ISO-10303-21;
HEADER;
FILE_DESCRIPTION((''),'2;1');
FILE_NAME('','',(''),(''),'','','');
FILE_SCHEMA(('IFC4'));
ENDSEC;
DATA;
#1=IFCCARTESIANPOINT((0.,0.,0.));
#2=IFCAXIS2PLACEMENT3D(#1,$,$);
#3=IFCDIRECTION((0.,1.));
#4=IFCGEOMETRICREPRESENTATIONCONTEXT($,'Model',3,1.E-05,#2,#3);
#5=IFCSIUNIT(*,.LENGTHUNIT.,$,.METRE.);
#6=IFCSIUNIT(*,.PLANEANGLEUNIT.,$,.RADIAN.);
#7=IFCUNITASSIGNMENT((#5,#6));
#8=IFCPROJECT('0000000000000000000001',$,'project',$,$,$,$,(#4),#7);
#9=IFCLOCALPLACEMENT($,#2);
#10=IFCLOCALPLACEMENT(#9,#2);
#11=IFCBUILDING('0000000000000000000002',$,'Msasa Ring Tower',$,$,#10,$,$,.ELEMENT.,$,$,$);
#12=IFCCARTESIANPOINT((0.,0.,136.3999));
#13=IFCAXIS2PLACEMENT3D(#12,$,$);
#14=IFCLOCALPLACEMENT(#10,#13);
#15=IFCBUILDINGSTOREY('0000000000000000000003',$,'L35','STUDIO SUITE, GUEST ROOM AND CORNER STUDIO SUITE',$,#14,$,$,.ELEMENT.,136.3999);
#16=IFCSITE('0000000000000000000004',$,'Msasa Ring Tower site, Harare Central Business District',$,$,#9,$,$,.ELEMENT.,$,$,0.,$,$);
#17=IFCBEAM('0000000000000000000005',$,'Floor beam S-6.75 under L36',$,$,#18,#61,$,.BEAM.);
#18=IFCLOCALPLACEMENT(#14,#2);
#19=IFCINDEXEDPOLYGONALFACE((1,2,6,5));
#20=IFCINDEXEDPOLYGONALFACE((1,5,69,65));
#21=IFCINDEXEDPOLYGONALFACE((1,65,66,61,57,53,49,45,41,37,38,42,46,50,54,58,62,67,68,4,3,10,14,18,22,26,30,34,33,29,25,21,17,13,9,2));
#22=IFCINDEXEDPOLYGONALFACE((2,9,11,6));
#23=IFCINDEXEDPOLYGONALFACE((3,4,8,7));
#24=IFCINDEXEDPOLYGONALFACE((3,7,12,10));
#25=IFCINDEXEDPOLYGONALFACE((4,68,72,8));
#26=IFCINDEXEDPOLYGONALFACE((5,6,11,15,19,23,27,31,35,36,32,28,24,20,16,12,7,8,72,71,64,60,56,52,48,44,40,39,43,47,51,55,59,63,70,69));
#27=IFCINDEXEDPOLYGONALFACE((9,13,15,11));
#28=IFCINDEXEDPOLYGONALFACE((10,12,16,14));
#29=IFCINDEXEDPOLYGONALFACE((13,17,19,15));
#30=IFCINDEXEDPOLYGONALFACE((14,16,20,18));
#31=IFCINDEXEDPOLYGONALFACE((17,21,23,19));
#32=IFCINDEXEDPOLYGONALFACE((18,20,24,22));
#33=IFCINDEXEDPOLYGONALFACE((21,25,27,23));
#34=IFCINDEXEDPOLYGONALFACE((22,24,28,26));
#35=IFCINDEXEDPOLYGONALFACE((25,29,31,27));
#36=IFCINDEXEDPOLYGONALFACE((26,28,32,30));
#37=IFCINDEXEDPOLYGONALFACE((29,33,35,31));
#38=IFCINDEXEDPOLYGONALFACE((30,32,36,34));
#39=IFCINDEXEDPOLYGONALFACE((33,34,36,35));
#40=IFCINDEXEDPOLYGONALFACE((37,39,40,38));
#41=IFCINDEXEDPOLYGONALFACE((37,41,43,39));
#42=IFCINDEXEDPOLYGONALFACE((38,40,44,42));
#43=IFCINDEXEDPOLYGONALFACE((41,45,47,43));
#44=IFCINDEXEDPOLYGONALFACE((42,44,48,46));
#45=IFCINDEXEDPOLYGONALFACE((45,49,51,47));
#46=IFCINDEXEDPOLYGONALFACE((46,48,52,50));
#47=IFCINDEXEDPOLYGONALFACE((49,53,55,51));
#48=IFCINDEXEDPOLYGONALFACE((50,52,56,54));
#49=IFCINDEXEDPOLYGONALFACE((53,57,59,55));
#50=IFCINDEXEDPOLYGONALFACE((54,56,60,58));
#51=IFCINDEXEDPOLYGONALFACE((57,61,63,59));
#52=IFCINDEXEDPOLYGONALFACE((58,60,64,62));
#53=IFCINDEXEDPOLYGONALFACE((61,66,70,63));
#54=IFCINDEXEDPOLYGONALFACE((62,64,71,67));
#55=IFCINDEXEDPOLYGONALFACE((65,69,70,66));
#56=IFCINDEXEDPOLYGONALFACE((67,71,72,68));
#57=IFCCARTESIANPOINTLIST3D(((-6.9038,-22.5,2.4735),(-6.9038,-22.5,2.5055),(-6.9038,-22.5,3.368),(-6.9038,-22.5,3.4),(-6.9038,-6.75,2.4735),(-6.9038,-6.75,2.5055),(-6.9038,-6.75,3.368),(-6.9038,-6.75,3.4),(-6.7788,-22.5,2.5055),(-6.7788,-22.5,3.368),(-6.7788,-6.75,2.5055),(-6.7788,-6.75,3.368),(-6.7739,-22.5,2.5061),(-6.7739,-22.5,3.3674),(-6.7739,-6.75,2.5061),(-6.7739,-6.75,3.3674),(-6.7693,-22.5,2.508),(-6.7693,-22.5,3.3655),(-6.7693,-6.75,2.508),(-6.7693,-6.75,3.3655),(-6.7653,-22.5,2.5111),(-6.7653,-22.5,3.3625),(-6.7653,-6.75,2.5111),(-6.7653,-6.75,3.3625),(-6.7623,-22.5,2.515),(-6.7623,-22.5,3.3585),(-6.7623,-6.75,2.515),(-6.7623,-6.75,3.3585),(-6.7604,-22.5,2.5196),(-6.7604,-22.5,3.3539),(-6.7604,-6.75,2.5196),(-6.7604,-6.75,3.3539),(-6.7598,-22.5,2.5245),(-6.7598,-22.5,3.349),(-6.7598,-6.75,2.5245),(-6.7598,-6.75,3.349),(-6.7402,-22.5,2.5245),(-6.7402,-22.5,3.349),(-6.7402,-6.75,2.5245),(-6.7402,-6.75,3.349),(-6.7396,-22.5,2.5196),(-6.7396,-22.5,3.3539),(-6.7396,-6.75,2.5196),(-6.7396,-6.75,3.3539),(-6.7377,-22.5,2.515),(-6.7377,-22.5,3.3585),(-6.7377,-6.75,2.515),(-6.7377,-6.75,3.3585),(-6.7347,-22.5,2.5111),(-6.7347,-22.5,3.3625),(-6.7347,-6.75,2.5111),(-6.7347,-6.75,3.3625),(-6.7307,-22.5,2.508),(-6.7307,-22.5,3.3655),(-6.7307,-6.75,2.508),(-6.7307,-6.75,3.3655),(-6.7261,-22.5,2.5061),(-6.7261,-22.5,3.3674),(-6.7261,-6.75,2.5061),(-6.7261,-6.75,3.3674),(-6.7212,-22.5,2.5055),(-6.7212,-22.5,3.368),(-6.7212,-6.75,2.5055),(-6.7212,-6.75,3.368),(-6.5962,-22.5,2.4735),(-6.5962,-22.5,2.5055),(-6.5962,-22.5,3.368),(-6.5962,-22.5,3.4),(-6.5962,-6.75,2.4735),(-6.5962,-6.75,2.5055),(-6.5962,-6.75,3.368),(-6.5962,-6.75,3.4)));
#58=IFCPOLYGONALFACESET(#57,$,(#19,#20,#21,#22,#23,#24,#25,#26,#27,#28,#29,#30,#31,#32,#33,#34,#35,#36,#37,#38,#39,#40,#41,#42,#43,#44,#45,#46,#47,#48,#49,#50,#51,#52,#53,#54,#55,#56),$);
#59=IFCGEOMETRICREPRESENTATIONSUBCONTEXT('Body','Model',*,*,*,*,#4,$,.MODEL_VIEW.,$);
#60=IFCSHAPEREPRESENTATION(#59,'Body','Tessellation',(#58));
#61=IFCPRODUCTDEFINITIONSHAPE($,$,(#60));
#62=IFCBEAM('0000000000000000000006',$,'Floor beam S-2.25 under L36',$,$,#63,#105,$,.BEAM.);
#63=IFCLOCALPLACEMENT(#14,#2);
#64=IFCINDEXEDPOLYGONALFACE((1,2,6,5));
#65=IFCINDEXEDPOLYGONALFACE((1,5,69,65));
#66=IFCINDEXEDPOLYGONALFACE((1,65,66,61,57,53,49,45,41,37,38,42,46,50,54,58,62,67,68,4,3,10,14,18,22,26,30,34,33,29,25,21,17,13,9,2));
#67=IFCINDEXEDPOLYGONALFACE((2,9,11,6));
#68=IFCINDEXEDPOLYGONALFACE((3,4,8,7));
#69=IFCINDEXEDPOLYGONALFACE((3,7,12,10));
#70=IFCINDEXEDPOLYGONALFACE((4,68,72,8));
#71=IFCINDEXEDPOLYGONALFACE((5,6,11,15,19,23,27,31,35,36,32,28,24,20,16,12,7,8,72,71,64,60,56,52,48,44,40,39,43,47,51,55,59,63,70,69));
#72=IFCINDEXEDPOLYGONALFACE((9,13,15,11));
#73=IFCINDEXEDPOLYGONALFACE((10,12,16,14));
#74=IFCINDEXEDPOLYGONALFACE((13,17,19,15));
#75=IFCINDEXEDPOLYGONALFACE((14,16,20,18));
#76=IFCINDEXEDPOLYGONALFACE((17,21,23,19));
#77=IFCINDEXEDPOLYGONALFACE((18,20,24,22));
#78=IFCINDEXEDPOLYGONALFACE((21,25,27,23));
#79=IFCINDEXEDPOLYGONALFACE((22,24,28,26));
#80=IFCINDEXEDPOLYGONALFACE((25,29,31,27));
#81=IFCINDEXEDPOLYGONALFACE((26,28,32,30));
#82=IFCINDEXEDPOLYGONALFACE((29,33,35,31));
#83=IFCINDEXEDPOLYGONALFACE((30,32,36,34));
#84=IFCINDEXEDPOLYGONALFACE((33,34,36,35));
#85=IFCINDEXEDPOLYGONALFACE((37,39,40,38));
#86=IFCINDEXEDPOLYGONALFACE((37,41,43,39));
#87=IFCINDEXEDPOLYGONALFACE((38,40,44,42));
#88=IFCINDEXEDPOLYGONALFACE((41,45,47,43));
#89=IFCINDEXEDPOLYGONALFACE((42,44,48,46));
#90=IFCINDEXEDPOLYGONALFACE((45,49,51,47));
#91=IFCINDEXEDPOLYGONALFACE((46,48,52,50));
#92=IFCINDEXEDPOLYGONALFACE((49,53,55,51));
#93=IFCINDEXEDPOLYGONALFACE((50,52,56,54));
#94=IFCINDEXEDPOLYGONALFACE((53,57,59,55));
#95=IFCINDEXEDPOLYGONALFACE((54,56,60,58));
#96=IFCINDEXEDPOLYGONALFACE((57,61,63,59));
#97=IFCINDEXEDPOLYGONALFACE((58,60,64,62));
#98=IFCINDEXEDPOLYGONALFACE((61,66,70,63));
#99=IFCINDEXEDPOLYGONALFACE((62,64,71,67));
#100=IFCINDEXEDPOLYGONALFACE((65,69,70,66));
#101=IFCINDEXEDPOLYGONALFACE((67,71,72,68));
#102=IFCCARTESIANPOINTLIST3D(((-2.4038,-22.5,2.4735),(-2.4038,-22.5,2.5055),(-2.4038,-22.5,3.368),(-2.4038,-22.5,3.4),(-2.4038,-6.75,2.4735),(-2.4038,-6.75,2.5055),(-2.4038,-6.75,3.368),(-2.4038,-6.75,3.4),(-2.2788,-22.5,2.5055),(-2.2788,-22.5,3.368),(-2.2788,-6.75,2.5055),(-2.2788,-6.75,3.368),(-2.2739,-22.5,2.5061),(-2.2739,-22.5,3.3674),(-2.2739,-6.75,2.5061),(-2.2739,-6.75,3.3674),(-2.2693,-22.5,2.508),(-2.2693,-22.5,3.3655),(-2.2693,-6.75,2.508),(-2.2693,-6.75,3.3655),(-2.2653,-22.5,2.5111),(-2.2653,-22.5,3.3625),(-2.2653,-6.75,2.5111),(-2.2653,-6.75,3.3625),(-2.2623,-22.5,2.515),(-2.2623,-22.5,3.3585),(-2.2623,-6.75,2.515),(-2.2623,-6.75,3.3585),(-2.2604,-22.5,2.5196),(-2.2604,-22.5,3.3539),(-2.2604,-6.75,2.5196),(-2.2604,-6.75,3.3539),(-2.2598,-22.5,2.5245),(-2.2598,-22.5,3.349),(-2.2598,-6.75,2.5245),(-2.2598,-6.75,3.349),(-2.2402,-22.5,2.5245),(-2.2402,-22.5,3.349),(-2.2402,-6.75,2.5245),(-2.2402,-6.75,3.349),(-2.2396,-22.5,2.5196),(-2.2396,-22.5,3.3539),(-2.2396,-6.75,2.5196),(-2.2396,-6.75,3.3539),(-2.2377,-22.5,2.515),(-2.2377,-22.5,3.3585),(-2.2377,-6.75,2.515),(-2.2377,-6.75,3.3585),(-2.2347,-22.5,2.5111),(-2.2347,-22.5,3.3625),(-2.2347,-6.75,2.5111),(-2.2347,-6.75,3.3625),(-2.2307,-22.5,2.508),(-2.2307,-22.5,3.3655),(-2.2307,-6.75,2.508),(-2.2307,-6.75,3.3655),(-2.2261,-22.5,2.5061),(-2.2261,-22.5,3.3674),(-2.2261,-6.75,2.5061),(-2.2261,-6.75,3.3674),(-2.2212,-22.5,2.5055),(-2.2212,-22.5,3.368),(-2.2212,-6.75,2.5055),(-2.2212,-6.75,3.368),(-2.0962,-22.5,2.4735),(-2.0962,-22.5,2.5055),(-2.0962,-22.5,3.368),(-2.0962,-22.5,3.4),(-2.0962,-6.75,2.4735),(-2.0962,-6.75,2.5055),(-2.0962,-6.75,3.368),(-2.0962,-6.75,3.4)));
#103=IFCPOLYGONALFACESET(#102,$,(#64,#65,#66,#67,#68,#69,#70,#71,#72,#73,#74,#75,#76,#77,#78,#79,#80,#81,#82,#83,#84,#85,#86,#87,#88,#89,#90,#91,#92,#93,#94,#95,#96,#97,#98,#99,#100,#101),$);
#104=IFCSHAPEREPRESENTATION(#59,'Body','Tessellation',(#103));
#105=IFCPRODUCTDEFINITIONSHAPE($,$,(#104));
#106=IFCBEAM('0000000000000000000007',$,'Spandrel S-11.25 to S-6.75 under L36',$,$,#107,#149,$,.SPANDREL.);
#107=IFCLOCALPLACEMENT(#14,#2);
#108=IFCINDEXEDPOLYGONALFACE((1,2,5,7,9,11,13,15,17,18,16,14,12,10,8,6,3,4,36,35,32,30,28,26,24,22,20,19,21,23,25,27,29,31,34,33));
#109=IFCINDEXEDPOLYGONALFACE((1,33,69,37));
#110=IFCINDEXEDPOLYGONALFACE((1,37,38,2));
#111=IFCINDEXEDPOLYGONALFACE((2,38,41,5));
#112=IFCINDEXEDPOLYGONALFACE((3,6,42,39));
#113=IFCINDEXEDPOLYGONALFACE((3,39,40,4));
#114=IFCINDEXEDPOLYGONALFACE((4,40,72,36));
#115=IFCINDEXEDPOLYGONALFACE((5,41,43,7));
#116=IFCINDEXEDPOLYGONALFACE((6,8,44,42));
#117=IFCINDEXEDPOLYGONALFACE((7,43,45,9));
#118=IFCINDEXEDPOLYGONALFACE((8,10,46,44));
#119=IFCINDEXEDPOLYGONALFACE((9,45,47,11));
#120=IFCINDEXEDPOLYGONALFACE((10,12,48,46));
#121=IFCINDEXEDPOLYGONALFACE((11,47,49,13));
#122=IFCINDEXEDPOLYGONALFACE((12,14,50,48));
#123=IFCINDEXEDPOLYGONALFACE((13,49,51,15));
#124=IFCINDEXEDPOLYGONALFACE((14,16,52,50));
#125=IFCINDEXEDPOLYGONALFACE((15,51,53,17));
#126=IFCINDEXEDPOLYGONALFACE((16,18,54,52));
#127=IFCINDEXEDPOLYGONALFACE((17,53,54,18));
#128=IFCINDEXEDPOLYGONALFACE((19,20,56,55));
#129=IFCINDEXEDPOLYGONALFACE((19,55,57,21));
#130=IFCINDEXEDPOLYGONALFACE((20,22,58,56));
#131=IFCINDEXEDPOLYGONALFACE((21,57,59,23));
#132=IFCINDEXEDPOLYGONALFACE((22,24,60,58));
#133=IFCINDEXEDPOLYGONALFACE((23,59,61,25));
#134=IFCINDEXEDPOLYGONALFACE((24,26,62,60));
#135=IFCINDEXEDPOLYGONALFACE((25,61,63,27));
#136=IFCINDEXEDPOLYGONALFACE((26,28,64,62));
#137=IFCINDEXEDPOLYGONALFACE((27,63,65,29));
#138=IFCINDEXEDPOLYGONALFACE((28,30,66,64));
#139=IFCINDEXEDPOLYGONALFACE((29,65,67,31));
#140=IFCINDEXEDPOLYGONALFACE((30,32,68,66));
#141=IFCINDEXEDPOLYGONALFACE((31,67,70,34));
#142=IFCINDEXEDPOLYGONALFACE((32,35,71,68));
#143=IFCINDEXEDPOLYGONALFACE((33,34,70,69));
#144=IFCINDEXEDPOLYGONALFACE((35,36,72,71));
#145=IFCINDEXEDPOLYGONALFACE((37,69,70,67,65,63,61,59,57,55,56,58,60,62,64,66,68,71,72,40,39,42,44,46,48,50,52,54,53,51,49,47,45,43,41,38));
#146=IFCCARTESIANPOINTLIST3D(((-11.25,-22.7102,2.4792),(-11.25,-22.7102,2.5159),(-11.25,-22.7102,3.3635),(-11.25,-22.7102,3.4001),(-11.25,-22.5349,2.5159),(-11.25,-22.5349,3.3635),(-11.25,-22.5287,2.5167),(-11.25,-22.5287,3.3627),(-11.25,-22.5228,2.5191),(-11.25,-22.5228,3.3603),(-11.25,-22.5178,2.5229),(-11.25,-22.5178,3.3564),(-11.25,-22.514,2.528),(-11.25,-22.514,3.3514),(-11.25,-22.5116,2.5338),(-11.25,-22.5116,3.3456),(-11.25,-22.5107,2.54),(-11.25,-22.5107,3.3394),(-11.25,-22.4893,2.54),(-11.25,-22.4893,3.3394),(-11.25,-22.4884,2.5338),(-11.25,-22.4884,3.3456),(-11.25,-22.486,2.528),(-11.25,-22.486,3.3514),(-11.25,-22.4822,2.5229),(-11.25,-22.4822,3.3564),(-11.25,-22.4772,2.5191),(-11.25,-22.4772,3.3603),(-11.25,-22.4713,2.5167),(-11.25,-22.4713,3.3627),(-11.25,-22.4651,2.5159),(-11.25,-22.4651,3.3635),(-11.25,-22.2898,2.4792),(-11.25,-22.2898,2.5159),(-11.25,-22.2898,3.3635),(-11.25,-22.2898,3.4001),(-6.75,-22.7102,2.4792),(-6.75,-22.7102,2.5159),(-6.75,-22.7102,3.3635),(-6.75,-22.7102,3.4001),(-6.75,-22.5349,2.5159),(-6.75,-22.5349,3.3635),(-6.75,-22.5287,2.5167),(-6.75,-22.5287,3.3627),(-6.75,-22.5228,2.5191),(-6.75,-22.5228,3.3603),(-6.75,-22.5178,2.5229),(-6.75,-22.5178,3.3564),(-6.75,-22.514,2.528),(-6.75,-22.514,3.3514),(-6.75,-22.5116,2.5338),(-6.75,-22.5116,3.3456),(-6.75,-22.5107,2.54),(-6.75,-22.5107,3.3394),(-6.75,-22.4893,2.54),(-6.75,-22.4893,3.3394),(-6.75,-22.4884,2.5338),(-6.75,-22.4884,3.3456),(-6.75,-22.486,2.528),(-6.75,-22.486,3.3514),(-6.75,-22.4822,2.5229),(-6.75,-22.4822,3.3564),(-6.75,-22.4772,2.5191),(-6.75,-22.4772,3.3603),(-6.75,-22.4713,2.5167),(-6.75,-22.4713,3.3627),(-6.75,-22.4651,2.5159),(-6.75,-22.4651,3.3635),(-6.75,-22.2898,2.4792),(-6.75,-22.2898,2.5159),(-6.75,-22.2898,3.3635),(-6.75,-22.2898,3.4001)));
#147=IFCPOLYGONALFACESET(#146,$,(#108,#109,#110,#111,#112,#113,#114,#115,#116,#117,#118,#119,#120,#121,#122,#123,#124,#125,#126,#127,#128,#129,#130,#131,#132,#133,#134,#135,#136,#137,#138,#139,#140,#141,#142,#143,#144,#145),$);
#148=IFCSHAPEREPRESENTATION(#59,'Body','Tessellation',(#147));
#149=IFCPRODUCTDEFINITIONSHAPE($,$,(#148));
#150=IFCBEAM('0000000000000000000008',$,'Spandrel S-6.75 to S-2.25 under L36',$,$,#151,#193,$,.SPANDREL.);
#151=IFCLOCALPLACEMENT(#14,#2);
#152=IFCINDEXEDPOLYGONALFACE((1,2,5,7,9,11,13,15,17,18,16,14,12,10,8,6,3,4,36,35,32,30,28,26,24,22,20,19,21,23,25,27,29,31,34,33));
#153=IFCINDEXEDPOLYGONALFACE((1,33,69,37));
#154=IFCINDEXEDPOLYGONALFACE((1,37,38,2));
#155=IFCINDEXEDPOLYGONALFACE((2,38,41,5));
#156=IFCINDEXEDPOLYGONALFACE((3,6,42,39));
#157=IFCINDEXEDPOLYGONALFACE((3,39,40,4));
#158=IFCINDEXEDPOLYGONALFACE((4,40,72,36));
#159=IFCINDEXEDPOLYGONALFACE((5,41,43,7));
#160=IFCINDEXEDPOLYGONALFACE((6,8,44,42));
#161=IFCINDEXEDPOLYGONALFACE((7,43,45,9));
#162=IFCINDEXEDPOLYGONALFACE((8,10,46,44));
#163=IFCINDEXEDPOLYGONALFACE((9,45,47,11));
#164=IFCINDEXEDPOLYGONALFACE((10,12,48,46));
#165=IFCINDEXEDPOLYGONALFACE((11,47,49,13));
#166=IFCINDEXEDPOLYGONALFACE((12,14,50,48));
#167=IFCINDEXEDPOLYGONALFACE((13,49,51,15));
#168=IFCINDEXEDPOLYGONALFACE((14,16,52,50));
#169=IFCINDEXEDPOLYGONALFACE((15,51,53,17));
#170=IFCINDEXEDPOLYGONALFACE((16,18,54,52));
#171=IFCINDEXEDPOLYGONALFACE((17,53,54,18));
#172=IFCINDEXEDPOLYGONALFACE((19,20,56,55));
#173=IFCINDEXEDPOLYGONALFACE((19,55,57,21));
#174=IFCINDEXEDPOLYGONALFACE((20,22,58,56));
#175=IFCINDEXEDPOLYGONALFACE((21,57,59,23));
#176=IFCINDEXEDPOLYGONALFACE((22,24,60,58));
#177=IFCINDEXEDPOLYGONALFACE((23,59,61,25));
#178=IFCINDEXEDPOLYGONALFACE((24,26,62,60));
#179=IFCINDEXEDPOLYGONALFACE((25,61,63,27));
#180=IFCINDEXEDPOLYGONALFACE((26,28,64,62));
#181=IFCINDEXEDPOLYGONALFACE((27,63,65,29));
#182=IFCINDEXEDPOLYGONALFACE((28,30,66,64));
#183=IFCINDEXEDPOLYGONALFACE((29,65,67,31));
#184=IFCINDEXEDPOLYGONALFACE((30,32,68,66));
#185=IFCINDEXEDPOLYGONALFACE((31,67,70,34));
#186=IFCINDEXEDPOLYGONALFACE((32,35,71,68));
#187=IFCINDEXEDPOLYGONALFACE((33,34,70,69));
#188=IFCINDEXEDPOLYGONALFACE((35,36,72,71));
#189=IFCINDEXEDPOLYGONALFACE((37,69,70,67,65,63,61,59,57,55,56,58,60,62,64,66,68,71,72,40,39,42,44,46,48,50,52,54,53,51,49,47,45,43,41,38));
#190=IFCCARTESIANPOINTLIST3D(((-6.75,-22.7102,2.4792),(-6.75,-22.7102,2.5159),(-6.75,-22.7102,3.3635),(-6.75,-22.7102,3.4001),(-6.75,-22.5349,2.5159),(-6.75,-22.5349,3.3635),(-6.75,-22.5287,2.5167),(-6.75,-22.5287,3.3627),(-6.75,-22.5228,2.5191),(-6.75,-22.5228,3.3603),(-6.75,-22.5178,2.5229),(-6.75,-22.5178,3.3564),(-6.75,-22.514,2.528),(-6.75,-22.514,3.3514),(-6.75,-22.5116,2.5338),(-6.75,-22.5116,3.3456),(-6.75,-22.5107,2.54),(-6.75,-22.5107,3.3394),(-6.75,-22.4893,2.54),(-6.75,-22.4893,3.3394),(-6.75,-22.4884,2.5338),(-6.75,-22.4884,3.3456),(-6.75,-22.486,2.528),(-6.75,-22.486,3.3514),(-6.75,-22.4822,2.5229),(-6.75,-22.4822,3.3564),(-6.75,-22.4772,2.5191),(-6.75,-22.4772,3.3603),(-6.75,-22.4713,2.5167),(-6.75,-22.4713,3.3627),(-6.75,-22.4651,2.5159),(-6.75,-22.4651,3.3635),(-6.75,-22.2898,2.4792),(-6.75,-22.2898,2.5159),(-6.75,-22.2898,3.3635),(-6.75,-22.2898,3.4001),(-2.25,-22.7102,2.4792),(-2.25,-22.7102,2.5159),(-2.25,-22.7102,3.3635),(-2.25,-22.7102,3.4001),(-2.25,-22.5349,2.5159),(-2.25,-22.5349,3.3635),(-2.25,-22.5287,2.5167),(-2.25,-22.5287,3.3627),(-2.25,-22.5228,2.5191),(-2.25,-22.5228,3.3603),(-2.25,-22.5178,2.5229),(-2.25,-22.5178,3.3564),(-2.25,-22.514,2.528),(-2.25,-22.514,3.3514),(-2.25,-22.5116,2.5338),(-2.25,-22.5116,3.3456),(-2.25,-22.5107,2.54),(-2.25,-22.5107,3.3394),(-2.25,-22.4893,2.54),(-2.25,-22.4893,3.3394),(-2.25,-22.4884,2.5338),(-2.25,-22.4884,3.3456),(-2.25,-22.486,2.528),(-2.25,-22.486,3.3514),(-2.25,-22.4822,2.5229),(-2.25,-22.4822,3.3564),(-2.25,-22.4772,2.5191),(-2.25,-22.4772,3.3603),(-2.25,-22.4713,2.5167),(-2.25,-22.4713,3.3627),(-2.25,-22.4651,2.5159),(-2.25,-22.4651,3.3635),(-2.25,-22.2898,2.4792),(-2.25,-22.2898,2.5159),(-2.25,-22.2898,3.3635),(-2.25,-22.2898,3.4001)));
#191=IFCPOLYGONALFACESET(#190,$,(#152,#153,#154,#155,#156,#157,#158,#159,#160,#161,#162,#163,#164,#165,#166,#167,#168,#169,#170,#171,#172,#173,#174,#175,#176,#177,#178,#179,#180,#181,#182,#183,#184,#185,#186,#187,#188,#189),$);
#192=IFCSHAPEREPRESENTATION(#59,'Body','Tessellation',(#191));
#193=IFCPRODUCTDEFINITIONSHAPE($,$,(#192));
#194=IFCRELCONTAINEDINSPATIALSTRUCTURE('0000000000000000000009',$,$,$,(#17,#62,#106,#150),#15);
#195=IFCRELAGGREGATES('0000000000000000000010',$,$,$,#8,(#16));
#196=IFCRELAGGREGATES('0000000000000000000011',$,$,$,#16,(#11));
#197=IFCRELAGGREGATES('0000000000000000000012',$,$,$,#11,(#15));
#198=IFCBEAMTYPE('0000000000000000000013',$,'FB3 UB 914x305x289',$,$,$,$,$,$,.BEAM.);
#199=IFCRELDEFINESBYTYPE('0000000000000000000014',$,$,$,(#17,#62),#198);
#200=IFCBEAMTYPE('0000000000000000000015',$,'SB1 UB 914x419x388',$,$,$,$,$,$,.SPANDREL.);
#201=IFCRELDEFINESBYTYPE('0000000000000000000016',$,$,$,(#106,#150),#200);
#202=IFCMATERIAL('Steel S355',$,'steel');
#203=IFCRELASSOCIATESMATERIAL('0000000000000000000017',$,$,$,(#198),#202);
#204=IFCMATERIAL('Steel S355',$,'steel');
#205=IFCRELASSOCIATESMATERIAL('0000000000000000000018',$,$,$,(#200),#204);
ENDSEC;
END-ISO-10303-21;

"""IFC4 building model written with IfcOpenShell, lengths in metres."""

from ifc_helpers import new_model, si_unit, direction, frame, origin, origin_2d, place, context, subcontext, project, spatial, i_section, extrude, material, material_profile, profile_set, type_object, element, save


model = new_model("IFC4")

# Units and contexts
model_context = context("Model", 3, precision=1e-05, world=origin(), true_north=direction((0.0, 1.0)))
body_context = subcontext(model_context, "Body", "Model", "MODEL_VIEW")
ifc_project = project(units=[si_unit("LENGTHUNIT", "METRE"), si_unit("PLANEANGLEUNIT", "RADIAN")], contexts=[model_context])

# Site, building, storey
site_placement = place(None, origin())
site = spatial("IfcSite", under=ifc_project, at=site_placement, Name="Msasa Ring Tower site, Harare Central Business District", CompositionType="ELEMENT", RefElevation=0.0)
building_placement = place(site_placement, origin())
building = spatial("IfcBuilding", under=site, at=building_placement, Name="Msasa Ring Tower", CompositionType="ELEMENT")
storey_placement = place(building_placement, frame((0.0, 0.0, 136.3999)))
storey = spatial("IfcBuildingStorey", under=building, at=storey_placement, Name="L35", Description="STUDIO SUITE, GUEST ROOM AND CORNER STUDIO SUITE", CompositionType="ELEMENT", Elevation=136.3999)

# Beams
ifc_material_1 = material(Name="Steel S355", Category="steel")
ifc_material_profile_1 = material_profile(ifc_material_1, i_section(OverallWidth=0.3076, OverallDepth=0.9265, WebThickness=0.0195, FlangeThickness=0.032, FilletRadius=0.019, at=origin_2d()), Name="UB 914x305x289")
ifc_profile_set_1 = profile_set([ifc_material_profile_1], Name="Steel S355")
beam_type_1 = type_object("IfcBeamType", Name="FB3 UB 914x305x289", PredefinedType="BEAM", material=ifc_profile_set_1)
for number, where, z_axis, x_axis, name in (
    (1, (-6.75, -22.5, 2.9368), (0.0, 1.0, 0.0), (-1.0, 0.0, 0.0), "Floor beam S-6.75 under L36"),
    (2, (-2.25, -22.5, 2.9368), (0.0, 1.0, 0.0), (-1.0, 0.0, 0.0), "Floor beam S-2.25 under L36"),
):
    element("IfcBeam", number, at=place(storey_placement, frame(where, z_axis=z_axis, x_axis=x_axis)), inside=storey, type_object=beam_type_1, Name=name, PredefinedType="BEAM", context=body_context, shape_type="SweptSolid", body=[
        extrude(i_section(OverallWidth=0.3076, OverallDepth=0.9265, WebThickness=0.0195, FlangeThickness=0.032, FilletRadius=0.019, at=origin_2d()), origin(), (0.0, 0.0, 1.0), 15.75),
    ])
ifc_material_2 = material(Name="Steel S355", Category="steel")
ifc_material_profile_2 = material_profile(ifc_material_2, i_section(OverallWidth=0.4204, OverallDepth=0.9209, WebThickness=0.0215, FlangeThickness=0.0366, FilletRadius=0.0242, at=origin_2d()), Name="UB 914x419x388")
ifc_profile_set_2 = profile_set([ifc_material_profile_2], Name="Steel S355")
beam_type_2 = type_object("IfcBeamType", Name="SB1 UB 914x419x388", PredefinedType="SPANDREL", material=ifc_profile_set_2)
for number, where, z_axis, x_axis, name in (
    (3, (-11.25, -22.5, 2.9397), (1.0, 0.0, 0.0), (0.0, 1.0, 0.0), "Spandrel S-11.25 to S-6.75 under L36"),
    (4, (-6.75, -22.5, 2.9397), (1.0, 0.0, 0.0), (0.0, 1.0, 0.0), "Spandrel S-6.75 to S-2.25 under L36"),
):
    element("IfcBeam", number, at=place(storey_placement, frame(where, z_axis=z_axis, x_axis=x_axis)), inside=storey, type_object=beam_type_2, Name=name, PredefinedType="SPANDREL", context=body_context, shape_type="SweptSolid", body=[
        extrude(i_section(OverallWidth=0.4204, OverallDepth=0.9209, WebThickness=0.0215, FlangeThickness=0.0366, FilletRadius=0.0242, at=origin_2d()), origin(), (0.0, 0.0, 1.0), 4.5),
    ])

save(model, "model.ifc")
